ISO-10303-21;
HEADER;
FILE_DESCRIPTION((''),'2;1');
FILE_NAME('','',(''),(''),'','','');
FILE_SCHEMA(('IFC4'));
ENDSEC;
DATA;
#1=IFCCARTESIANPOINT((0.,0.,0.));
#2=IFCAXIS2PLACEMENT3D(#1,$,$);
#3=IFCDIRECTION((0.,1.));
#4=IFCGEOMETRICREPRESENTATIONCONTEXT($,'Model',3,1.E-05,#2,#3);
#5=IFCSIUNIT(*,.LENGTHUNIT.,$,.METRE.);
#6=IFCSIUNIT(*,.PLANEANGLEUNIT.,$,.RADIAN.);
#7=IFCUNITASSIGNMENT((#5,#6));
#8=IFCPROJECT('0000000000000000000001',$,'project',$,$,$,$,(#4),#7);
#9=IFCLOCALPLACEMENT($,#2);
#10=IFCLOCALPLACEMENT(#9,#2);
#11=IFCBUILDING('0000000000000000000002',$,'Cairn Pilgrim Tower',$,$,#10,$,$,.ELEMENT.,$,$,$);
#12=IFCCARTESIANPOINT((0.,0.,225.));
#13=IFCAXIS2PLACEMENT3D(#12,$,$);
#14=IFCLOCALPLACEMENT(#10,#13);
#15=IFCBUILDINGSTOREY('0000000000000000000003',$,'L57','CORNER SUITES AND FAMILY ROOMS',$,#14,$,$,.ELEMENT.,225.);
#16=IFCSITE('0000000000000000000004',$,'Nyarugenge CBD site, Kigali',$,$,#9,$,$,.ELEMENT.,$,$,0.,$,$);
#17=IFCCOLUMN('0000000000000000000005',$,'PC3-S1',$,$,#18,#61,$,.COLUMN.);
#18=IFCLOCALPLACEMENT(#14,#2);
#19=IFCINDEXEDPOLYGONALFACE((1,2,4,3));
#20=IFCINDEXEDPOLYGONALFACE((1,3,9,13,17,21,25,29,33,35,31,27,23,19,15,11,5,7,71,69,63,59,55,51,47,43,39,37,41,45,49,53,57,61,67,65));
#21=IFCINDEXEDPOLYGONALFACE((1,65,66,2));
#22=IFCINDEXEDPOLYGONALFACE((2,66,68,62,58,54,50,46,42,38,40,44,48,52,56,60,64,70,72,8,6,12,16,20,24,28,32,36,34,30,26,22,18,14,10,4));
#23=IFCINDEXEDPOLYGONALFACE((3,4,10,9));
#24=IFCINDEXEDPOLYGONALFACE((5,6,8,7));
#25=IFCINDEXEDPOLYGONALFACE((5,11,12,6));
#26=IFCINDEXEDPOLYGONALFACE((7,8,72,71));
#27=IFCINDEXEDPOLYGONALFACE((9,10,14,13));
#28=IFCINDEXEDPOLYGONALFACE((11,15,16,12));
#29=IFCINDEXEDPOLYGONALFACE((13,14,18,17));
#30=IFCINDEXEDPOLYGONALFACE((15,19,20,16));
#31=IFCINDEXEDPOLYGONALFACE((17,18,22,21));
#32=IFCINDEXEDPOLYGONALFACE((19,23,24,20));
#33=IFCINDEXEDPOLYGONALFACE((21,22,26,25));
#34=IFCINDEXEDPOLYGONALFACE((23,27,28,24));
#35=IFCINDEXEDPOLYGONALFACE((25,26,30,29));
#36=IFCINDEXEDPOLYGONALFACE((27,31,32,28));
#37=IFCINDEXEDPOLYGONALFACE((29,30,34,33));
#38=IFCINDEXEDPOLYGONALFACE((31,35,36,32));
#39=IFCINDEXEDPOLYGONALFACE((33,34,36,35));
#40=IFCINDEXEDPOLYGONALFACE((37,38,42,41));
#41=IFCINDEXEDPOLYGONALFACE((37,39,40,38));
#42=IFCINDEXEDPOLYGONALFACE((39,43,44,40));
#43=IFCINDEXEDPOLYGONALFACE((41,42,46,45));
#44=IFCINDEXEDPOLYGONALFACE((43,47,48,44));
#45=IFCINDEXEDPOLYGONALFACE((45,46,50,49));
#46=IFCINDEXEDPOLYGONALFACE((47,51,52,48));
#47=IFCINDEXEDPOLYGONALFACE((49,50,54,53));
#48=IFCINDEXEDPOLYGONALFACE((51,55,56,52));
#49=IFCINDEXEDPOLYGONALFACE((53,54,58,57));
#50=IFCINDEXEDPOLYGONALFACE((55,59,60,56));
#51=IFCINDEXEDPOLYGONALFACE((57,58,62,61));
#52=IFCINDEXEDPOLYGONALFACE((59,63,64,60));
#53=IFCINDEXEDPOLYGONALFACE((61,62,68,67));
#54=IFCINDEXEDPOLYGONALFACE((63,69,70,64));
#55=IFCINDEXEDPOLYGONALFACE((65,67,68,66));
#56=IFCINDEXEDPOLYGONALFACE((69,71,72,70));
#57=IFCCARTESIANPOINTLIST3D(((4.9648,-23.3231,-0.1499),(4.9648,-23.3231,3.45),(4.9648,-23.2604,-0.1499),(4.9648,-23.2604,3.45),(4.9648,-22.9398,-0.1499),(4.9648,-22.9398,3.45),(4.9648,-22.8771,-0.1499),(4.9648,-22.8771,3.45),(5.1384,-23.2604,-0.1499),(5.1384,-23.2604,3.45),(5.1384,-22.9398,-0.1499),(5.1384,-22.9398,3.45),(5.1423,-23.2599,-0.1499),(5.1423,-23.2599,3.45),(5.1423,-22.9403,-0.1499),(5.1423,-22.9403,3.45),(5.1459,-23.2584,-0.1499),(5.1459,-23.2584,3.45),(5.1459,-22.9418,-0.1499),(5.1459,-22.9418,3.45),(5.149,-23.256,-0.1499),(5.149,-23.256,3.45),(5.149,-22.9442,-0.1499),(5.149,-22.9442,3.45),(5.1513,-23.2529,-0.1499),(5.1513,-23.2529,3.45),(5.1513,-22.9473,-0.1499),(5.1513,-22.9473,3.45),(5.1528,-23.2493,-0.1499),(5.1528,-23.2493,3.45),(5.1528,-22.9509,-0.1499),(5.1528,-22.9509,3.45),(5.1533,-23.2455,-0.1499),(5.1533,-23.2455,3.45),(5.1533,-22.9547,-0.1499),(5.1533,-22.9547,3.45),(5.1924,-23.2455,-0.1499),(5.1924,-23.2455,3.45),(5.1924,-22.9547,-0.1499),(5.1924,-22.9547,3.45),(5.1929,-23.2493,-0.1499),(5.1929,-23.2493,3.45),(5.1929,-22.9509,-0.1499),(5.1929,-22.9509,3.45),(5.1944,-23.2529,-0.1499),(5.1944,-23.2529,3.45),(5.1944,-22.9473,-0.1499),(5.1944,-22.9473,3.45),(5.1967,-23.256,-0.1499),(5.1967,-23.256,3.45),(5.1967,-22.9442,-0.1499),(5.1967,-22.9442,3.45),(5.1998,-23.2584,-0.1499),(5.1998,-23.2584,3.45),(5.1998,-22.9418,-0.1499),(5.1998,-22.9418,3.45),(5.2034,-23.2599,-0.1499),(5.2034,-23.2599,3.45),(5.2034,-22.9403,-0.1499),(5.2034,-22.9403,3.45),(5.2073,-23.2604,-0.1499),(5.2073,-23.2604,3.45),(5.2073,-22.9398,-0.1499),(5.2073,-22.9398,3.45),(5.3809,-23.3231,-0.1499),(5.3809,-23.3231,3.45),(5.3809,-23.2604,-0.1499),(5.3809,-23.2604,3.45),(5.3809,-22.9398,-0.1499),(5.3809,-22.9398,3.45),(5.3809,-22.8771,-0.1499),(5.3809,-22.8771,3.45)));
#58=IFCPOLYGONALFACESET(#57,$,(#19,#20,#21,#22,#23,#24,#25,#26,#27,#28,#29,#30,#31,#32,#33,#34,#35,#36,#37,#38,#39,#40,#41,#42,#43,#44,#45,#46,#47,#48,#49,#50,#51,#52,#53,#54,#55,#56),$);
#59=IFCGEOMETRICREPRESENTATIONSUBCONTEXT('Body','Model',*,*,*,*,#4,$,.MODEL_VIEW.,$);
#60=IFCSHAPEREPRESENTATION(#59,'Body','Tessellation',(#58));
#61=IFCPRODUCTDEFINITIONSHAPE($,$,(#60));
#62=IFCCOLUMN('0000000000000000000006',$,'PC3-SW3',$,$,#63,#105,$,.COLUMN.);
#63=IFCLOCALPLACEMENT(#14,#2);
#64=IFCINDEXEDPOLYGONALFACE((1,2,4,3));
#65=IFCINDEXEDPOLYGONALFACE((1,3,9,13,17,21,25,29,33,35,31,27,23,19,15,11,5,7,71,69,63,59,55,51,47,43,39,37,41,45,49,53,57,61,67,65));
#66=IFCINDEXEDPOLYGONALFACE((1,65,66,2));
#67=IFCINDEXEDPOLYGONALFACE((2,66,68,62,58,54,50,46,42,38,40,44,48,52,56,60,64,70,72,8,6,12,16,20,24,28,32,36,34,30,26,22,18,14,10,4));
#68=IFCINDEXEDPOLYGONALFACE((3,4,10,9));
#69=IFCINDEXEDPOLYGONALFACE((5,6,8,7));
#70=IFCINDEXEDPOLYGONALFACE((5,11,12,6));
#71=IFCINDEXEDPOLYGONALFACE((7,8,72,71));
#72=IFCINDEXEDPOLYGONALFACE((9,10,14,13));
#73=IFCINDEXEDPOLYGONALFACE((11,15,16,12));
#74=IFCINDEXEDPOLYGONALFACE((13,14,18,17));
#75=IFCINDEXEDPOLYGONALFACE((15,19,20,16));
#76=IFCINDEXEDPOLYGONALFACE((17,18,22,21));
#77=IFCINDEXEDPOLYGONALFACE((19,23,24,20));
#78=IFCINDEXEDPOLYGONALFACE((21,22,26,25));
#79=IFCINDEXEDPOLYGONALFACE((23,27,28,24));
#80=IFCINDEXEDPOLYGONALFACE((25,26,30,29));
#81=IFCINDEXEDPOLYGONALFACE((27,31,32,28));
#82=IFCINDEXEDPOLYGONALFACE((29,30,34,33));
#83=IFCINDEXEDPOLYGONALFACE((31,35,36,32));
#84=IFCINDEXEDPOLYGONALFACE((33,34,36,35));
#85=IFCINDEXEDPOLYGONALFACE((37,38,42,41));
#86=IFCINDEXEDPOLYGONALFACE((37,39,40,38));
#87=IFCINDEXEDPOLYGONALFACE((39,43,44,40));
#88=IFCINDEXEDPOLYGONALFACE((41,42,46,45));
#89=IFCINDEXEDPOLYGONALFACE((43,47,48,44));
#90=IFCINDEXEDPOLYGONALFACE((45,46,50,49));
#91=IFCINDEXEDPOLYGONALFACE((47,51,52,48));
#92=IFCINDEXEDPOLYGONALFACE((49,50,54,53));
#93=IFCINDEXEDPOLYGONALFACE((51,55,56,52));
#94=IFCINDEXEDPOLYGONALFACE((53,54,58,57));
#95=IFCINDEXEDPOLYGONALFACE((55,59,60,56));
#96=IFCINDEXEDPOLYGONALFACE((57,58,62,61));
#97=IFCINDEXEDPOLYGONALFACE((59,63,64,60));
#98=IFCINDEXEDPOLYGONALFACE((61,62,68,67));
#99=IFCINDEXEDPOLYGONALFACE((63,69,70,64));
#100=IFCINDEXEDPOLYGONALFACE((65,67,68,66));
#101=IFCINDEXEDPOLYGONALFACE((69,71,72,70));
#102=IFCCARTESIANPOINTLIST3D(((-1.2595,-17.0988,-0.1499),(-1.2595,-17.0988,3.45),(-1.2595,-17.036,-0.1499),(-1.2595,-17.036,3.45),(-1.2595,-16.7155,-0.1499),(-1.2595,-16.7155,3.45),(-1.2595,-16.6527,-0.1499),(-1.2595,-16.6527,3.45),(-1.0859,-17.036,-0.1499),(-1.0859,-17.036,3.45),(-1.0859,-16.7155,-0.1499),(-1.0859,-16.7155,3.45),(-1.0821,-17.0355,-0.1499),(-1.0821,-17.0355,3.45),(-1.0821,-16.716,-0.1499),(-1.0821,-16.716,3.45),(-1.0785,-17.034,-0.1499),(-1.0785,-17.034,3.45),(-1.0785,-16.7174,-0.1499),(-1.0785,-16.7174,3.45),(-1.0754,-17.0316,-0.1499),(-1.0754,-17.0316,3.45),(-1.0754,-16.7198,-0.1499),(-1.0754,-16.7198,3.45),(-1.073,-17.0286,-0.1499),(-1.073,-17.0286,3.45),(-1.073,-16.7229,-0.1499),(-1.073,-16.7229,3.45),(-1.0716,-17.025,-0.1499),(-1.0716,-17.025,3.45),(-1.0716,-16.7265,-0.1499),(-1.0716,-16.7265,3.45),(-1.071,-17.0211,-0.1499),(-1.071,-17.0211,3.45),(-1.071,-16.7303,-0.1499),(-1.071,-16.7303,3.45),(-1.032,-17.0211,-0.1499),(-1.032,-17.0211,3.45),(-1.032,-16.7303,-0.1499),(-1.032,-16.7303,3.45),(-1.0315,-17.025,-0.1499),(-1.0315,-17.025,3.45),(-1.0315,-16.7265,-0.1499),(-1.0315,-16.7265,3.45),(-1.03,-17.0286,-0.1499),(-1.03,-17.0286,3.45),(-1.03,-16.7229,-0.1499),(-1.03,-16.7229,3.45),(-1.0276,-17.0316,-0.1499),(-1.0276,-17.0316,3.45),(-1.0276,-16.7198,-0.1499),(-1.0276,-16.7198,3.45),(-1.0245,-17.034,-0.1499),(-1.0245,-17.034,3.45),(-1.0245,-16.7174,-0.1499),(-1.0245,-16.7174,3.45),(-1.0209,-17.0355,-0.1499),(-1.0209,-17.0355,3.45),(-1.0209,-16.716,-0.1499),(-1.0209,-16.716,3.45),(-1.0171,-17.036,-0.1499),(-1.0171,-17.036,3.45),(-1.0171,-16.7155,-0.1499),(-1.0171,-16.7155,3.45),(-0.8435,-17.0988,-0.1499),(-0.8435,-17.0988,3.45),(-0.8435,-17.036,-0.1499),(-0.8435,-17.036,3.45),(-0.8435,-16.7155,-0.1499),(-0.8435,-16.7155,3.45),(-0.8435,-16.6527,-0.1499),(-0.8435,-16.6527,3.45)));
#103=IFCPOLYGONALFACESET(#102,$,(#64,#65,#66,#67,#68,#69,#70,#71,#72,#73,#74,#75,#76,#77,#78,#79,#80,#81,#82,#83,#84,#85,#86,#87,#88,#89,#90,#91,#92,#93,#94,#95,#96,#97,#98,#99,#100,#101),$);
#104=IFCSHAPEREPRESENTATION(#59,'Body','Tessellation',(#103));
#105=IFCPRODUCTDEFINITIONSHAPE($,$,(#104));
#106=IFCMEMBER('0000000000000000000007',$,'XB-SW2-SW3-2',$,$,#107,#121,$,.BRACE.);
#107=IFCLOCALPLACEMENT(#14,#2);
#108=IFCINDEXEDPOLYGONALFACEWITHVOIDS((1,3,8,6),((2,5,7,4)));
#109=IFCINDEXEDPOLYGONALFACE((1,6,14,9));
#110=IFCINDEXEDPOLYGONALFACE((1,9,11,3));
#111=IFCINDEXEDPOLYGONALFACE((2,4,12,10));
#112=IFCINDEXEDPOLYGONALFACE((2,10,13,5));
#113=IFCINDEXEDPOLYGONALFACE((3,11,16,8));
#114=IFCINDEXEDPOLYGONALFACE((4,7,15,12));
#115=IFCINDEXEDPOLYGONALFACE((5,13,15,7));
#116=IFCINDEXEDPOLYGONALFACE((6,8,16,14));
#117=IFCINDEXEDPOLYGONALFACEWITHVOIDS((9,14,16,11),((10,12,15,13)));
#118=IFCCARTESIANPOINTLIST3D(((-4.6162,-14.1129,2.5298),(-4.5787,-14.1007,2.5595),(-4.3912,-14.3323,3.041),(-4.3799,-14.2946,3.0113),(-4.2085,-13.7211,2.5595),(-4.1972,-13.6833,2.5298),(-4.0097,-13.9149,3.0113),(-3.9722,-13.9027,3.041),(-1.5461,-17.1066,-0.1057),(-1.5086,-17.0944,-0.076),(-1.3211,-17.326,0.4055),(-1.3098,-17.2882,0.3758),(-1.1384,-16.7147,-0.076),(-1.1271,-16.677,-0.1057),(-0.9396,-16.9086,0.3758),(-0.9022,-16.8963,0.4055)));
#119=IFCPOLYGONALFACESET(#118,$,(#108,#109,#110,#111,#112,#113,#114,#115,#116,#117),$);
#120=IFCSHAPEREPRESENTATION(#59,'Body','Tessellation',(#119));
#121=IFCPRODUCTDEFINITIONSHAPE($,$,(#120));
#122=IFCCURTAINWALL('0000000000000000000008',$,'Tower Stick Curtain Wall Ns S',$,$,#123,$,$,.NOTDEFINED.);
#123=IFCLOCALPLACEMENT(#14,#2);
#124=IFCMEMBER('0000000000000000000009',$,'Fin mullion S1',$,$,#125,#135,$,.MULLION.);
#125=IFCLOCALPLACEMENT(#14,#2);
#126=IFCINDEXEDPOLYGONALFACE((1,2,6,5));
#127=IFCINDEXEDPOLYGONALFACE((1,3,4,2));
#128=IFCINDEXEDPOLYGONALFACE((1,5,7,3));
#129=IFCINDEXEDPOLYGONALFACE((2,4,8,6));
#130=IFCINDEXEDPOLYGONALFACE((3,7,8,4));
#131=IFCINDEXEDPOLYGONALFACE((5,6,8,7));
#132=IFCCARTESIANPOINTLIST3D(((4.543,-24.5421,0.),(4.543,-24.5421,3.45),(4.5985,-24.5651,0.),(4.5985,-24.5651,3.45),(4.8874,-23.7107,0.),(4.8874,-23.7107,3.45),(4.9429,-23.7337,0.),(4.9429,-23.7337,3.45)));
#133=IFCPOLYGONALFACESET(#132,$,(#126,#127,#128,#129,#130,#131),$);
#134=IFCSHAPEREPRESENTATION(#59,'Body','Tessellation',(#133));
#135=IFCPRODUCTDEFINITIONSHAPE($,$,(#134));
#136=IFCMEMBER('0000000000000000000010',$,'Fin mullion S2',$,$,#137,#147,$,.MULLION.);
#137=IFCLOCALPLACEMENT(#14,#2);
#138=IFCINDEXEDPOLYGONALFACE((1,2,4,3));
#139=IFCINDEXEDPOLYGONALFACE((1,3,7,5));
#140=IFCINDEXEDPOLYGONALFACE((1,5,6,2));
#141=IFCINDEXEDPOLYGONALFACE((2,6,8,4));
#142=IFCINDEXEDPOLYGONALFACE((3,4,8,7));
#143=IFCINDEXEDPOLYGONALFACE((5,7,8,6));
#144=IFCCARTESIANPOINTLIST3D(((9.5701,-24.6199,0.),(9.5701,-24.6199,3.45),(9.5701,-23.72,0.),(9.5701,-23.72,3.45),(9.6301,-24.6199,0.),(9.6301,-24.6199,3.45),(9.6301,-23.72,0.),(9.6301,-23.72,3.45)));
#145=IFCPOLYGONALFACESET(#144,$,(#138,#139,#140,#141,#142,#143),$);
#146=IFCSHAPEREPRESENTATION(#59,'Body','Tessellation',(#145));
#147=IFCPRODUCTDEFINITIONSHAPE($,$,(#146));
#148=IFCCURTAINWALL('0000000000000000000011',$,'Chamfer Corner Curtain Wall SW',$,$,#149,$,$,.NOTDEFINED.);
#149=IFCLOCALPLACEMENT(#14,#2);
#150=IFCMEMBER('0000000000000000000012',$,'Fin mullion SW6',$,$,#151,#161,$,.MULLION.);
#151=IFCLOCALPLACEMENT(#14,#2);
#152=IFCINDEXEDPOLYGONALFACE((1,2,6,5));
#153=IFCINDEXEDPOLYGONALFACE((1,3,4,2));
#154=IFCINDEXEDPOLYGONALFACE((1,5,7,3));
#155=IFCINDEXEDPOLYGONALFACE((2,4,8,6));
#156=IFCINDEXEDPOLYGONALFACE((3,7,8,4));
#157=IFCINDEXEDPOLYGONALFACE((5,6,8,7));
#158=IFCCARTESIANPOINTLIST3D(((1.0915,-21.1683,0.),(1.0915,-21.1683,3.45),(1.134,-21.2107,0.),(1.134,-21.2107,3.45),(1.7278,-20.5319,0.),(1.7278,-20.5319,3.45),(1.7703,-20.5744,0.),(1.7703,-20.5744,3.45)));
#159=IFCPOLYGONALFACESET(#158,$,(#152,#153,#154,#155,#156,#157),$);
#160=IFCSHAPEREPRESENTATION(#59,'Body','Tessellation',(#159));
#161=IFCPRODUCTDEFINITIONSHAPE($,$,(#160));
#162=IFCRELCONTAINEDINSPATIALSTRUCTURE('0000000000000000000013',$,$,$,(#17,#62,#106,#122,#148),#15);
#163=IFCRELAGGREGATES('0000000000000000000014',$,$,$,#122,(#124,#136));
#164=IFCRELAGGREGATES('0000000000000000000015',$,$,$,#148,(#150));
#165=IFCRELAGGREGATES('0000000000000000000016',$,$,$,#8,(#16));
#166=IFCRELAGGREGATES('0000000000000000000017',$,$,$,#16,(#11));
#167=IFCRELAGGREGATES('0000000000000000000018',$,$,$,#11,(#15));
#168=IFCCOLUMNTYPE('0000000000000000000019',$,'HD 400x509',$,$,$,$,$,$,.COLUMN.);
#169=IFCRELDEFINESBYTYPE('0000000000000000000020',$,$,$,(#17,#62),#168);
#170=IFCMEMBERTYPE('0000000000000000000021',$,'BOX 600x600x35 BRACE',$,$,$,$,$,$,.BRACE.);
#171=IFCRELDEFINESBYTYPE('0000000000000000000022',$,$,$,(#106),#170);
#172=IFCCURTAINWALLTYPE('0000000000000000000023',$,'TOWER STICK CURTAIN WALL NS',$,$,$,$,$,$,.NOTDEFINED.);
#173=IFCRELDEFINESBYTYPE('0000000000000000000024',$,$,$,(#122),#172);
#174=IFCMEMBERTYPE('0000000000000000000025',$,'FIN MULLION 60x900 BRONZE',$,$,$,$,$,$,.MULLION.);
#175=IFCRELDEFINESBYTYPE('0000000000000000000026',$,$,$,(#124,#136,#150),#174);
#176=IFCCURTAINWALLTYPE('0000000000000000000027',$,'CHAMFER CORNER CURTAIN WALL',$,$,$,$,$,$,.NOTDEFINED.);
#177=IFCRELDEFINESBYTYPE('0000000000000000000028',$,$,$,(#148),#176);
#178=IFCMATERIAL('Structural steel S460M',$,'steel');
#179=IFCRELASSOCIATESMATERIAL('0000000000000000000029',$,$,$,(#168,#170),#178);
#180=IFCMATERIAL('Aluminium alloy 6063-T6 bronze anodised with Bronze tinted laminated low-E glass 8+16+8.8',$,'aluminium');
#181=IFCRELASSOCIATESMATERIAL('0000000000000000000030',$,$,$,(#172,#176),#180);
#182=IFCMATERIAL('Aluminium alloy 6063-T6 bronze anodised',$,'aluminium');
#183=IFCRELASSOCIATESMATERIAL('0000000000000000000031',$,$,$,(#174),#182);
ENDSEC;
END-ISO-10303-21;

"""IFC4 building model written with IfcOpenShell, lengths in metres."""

from ifc_helpers import new_model, si_unit, direction, frame, origin, origin_2d, place, context, subcontext, project, spatial, rectangle, hollow_rectangle, i_section, extrude, material, material_profile, profile_set, type_object, element, aggregate, save


model = new_model("IFC4")

# Units and contexts
model_context = context("Model", 3, precision=1e-05, world=origin(), true_north=direction((0.0, 1.0)))
body_context = subcontext(model_context, "Body", "Model", "MODEL_VIEW")
ifc_project = project(units=[si_unit("LENGTHUNIT", "METRE"), si_unit("PLANEANGLEUNIT", "RADIAN")], contexts=[model_context])

# Site, building, storey
site_placement = place(None, origin())
site = spatial("IfcSite", under=ifc_project, at=site_placement, Name="Nyarugenge CBD site, Kigali", CompositionType="ELEMENT", RefElevation=0.0)
building_placement = place(site_placement, origin())
building = spatial("IfcBuilding", under=site, at=building_placement, Name="Cairn Pilgrim Tower", CompositionType="ELEMENT")
storey_placement = place(building_placement, frame((0.0, 0.0, 225.0)))
storey = spatial("IfcBuildingStorey", under=building, at=storey_placement, Name="L57", Description="CORNER SUITES AND FAMILY ROOMS", CompositionType="ELEMENT", Elevation=225.0)

# Columns
ifc_material_1 = material(Name="Structural steel S460M", Category="steel")
ifc_material_profile_1 = material_profile(ifc_material_1, i_section(OverallWidth=0.416, OverallDepth=0.446, WebThickness=0.0391, FlangeThickness=0.0627, FilletRadius=0.0149, at=origin_2d()), Name="HD 400x509")
ifc_profile_set_1 = profile_set([ifc_material_profile_1], Name="Structural steel S460M")
column_type = type_object("IfcColumnType", Name="HD 400x509", PredefinedType="COLUMN", material=ifc_profile_set_1)
for number, where, z_axis, x_axis, name in (
    (1, (5.1729, -23.1001, -0.1499), (0.0, 0.0, 1.0), (1.0, 0.0, 0.0), "PC3-S1"),
    (2, (-1.0515, -16.8757, -0.1499), (0.0, 0.0, 1.0), (1.0, 0.0, 0.0), "PC3-SW3"),
):
    element("IfcColumn", number, at=place(storey_placement, frame(where, z_axis=z_axis, x_axis=x_axis)), inside=storey, type_object=column_type, Name=name, PredefinedType="COLUMN", context=body_context, shape_type="SweptSolid", body=[
        extrude(i_section(OverallWidth=0.416, OverallDepth=0.446, WebThickness=0.0391, FlangeThickness=0.0627, FilletRadius=0.0149, at=origin_2d()), origin(), (0.0, 0.0, 1.0), 3.5999),
    ])

# Member
ifc_material_profile_2 = material_profile(ifc_material_1, hollow_rectangle(XDim=0.6001, YDim=0.6001, WallThickness=0.0349, at=origin_2d()), Name="BOX 600x600x35")
ifc_profile_set_2 = profile_set([ifc_material_profile_2], Name="Structural steel S460M")
member_type_1 = type_object("IfcMemberType", Name="BOX 600x600x35 BRACE", PredefinedType="BRACE", material=ifc_profile_set_2)
member_1_placement = place(storey_placement, frame((-1.2241, -17.0015, 0.1499), z_axis=(-0.609963, 0.594781, 0.523623), x_axis=(-0.69814, -0.715961, 0.0)))
element("IfcMember", 3, at=member_1_placement, inside=storey, type_object=member_type_1, Name="XB-SW2-SW3-2", PredefinedType="BRACE", context=body_context, shape_type="SweptSolid", body=[
    extrude(hollow_rectangle(XDim=0.6001, YDim=0.6001, WallThickness=0.0349, at=origin_2d()), origin(), (0.0, 0.0, 1.0), 5.0332),
])

# Curtain wall, members
ifc_material_2 = material(Name="Aluminium alloy 6063-T6 bronze anodised with Bronze tinted laminated low-E glass 8+16+8.8", Category="aluminium")
curtain_wall_type_1 = type_object("IfcCurtainWallType", Name="TOWER STICK CURTAIN WALL NS", PredefinedType="NOTDEFINED", material=ifc_material_2)
curtain_wall_1_placement = place(storey_placement, origin())
curtain_wall_1 = element("IfcCurtainWall", 4, at=curtain_wall_1_placement, inside=storey, type_object=curtain_wall_type_1, Name="Tower Stick Curtain Wall Ns S", PredefinedType="NOTDEFINED")
ifc_material_3 = material(Name="Aluminium alloy 6063-T6 bronze anodised", Category="aluminium")
ifc_material_profile_3 = material_profile(ifc_material_3, rectangle(XDim=0.8999, YDim=0.0601, at=origin_2d()), Name="FIN MULLION 60x900 BRONZE")
ifc_profile_set_3 = profile_set([ifc_material_profile_3], Name="Aluminium alloy 6063-T6 bronze anodised")
member_type_2 = type_object("IfcMemberType", Name="FIN MULLION 60x900 BRONZE", PredefinedType="MULLION", material=ifc_profile_set_3)
member_2_placement = place(storey_placement, frame((4.7429, -24.1379, 0.0), z_axis=(0.0, 0.0, 1.0), x_axis=(-0.382683, -0.92388, 0.0)))
member_2 = element("IfcMember", 5, at=member_2_placement, type_object=member_type_2, Name="Fin mullion S1", PredefinedType="MULLION", context=body_context, shape_type="SweptSolid", body=[
    extrude(rectangle(XDim=0.8999, YDim=0.0601, at=origin_2d()), origin(), (0.0, 0.0, 1.0), 3.45),
])
member_3_placement = place(storey_placement, frame((9.6001, -24.1699, 0.0), z_axis=(0.0, 0.0, 1.0), x_axis=(0.0, -1.0, 0.0)))
member_3 = element("IfcMember", 6, at=member_3_placement, type_object=member_type_2, Name="Fin mullion S2", PredefinedType="MULLION", context=body_context, shape_type="SweptSolid", body=[
    extrude(rectangle(XDim=0.8999, YDim=0.0601, at=origin_2d()), origin(), (0.0, 0.0, 1.0), 3.45),
])
aggregate(curtain_wall_1, [member_2, member_3])

# Curtain wall, member
curtain_wall_type_2 = type_object("IfcCurtainWallType", Name="CHAMFER CORNER CURTAIN WALL", PredefinedType="NOTDEFINED", material=ifc_material_2)
curtain_wall_2_placement = place(storey_placement, origin())
curtain_wall_2 = element("IfcCurtainWall", 7, at=curtain_wall_2_placement, inside=storey, type_object=curtain_wall_type_2, Name="Chamfer Corner Curtain Wall SW", PredefinedType="NOTDEFINED")
member_4_placement = place(storey_placement, frame((1.4309, -20.8713, 0.0), z_axis=(0.0, 0.0, 1.0), x_axis=(-0.707107, -0.707107, 0.0)))
member_4 = element("IfcMember", 8, at=member_4_placement, type_object=member_type_2, Name="Fin mullion SW6", PredefinedType="MULLION", context=body_context, shape_type="SweptSolid", body=[
    extrude(rectangle(XDim=0.8999, YDim=0.0601, at=origin_2d()), origin(), (0.0, 0.0, 1.0), 3.45),
])

aggregate(curtain_wall_2, [member_4])

save(model, "model.ifc")
